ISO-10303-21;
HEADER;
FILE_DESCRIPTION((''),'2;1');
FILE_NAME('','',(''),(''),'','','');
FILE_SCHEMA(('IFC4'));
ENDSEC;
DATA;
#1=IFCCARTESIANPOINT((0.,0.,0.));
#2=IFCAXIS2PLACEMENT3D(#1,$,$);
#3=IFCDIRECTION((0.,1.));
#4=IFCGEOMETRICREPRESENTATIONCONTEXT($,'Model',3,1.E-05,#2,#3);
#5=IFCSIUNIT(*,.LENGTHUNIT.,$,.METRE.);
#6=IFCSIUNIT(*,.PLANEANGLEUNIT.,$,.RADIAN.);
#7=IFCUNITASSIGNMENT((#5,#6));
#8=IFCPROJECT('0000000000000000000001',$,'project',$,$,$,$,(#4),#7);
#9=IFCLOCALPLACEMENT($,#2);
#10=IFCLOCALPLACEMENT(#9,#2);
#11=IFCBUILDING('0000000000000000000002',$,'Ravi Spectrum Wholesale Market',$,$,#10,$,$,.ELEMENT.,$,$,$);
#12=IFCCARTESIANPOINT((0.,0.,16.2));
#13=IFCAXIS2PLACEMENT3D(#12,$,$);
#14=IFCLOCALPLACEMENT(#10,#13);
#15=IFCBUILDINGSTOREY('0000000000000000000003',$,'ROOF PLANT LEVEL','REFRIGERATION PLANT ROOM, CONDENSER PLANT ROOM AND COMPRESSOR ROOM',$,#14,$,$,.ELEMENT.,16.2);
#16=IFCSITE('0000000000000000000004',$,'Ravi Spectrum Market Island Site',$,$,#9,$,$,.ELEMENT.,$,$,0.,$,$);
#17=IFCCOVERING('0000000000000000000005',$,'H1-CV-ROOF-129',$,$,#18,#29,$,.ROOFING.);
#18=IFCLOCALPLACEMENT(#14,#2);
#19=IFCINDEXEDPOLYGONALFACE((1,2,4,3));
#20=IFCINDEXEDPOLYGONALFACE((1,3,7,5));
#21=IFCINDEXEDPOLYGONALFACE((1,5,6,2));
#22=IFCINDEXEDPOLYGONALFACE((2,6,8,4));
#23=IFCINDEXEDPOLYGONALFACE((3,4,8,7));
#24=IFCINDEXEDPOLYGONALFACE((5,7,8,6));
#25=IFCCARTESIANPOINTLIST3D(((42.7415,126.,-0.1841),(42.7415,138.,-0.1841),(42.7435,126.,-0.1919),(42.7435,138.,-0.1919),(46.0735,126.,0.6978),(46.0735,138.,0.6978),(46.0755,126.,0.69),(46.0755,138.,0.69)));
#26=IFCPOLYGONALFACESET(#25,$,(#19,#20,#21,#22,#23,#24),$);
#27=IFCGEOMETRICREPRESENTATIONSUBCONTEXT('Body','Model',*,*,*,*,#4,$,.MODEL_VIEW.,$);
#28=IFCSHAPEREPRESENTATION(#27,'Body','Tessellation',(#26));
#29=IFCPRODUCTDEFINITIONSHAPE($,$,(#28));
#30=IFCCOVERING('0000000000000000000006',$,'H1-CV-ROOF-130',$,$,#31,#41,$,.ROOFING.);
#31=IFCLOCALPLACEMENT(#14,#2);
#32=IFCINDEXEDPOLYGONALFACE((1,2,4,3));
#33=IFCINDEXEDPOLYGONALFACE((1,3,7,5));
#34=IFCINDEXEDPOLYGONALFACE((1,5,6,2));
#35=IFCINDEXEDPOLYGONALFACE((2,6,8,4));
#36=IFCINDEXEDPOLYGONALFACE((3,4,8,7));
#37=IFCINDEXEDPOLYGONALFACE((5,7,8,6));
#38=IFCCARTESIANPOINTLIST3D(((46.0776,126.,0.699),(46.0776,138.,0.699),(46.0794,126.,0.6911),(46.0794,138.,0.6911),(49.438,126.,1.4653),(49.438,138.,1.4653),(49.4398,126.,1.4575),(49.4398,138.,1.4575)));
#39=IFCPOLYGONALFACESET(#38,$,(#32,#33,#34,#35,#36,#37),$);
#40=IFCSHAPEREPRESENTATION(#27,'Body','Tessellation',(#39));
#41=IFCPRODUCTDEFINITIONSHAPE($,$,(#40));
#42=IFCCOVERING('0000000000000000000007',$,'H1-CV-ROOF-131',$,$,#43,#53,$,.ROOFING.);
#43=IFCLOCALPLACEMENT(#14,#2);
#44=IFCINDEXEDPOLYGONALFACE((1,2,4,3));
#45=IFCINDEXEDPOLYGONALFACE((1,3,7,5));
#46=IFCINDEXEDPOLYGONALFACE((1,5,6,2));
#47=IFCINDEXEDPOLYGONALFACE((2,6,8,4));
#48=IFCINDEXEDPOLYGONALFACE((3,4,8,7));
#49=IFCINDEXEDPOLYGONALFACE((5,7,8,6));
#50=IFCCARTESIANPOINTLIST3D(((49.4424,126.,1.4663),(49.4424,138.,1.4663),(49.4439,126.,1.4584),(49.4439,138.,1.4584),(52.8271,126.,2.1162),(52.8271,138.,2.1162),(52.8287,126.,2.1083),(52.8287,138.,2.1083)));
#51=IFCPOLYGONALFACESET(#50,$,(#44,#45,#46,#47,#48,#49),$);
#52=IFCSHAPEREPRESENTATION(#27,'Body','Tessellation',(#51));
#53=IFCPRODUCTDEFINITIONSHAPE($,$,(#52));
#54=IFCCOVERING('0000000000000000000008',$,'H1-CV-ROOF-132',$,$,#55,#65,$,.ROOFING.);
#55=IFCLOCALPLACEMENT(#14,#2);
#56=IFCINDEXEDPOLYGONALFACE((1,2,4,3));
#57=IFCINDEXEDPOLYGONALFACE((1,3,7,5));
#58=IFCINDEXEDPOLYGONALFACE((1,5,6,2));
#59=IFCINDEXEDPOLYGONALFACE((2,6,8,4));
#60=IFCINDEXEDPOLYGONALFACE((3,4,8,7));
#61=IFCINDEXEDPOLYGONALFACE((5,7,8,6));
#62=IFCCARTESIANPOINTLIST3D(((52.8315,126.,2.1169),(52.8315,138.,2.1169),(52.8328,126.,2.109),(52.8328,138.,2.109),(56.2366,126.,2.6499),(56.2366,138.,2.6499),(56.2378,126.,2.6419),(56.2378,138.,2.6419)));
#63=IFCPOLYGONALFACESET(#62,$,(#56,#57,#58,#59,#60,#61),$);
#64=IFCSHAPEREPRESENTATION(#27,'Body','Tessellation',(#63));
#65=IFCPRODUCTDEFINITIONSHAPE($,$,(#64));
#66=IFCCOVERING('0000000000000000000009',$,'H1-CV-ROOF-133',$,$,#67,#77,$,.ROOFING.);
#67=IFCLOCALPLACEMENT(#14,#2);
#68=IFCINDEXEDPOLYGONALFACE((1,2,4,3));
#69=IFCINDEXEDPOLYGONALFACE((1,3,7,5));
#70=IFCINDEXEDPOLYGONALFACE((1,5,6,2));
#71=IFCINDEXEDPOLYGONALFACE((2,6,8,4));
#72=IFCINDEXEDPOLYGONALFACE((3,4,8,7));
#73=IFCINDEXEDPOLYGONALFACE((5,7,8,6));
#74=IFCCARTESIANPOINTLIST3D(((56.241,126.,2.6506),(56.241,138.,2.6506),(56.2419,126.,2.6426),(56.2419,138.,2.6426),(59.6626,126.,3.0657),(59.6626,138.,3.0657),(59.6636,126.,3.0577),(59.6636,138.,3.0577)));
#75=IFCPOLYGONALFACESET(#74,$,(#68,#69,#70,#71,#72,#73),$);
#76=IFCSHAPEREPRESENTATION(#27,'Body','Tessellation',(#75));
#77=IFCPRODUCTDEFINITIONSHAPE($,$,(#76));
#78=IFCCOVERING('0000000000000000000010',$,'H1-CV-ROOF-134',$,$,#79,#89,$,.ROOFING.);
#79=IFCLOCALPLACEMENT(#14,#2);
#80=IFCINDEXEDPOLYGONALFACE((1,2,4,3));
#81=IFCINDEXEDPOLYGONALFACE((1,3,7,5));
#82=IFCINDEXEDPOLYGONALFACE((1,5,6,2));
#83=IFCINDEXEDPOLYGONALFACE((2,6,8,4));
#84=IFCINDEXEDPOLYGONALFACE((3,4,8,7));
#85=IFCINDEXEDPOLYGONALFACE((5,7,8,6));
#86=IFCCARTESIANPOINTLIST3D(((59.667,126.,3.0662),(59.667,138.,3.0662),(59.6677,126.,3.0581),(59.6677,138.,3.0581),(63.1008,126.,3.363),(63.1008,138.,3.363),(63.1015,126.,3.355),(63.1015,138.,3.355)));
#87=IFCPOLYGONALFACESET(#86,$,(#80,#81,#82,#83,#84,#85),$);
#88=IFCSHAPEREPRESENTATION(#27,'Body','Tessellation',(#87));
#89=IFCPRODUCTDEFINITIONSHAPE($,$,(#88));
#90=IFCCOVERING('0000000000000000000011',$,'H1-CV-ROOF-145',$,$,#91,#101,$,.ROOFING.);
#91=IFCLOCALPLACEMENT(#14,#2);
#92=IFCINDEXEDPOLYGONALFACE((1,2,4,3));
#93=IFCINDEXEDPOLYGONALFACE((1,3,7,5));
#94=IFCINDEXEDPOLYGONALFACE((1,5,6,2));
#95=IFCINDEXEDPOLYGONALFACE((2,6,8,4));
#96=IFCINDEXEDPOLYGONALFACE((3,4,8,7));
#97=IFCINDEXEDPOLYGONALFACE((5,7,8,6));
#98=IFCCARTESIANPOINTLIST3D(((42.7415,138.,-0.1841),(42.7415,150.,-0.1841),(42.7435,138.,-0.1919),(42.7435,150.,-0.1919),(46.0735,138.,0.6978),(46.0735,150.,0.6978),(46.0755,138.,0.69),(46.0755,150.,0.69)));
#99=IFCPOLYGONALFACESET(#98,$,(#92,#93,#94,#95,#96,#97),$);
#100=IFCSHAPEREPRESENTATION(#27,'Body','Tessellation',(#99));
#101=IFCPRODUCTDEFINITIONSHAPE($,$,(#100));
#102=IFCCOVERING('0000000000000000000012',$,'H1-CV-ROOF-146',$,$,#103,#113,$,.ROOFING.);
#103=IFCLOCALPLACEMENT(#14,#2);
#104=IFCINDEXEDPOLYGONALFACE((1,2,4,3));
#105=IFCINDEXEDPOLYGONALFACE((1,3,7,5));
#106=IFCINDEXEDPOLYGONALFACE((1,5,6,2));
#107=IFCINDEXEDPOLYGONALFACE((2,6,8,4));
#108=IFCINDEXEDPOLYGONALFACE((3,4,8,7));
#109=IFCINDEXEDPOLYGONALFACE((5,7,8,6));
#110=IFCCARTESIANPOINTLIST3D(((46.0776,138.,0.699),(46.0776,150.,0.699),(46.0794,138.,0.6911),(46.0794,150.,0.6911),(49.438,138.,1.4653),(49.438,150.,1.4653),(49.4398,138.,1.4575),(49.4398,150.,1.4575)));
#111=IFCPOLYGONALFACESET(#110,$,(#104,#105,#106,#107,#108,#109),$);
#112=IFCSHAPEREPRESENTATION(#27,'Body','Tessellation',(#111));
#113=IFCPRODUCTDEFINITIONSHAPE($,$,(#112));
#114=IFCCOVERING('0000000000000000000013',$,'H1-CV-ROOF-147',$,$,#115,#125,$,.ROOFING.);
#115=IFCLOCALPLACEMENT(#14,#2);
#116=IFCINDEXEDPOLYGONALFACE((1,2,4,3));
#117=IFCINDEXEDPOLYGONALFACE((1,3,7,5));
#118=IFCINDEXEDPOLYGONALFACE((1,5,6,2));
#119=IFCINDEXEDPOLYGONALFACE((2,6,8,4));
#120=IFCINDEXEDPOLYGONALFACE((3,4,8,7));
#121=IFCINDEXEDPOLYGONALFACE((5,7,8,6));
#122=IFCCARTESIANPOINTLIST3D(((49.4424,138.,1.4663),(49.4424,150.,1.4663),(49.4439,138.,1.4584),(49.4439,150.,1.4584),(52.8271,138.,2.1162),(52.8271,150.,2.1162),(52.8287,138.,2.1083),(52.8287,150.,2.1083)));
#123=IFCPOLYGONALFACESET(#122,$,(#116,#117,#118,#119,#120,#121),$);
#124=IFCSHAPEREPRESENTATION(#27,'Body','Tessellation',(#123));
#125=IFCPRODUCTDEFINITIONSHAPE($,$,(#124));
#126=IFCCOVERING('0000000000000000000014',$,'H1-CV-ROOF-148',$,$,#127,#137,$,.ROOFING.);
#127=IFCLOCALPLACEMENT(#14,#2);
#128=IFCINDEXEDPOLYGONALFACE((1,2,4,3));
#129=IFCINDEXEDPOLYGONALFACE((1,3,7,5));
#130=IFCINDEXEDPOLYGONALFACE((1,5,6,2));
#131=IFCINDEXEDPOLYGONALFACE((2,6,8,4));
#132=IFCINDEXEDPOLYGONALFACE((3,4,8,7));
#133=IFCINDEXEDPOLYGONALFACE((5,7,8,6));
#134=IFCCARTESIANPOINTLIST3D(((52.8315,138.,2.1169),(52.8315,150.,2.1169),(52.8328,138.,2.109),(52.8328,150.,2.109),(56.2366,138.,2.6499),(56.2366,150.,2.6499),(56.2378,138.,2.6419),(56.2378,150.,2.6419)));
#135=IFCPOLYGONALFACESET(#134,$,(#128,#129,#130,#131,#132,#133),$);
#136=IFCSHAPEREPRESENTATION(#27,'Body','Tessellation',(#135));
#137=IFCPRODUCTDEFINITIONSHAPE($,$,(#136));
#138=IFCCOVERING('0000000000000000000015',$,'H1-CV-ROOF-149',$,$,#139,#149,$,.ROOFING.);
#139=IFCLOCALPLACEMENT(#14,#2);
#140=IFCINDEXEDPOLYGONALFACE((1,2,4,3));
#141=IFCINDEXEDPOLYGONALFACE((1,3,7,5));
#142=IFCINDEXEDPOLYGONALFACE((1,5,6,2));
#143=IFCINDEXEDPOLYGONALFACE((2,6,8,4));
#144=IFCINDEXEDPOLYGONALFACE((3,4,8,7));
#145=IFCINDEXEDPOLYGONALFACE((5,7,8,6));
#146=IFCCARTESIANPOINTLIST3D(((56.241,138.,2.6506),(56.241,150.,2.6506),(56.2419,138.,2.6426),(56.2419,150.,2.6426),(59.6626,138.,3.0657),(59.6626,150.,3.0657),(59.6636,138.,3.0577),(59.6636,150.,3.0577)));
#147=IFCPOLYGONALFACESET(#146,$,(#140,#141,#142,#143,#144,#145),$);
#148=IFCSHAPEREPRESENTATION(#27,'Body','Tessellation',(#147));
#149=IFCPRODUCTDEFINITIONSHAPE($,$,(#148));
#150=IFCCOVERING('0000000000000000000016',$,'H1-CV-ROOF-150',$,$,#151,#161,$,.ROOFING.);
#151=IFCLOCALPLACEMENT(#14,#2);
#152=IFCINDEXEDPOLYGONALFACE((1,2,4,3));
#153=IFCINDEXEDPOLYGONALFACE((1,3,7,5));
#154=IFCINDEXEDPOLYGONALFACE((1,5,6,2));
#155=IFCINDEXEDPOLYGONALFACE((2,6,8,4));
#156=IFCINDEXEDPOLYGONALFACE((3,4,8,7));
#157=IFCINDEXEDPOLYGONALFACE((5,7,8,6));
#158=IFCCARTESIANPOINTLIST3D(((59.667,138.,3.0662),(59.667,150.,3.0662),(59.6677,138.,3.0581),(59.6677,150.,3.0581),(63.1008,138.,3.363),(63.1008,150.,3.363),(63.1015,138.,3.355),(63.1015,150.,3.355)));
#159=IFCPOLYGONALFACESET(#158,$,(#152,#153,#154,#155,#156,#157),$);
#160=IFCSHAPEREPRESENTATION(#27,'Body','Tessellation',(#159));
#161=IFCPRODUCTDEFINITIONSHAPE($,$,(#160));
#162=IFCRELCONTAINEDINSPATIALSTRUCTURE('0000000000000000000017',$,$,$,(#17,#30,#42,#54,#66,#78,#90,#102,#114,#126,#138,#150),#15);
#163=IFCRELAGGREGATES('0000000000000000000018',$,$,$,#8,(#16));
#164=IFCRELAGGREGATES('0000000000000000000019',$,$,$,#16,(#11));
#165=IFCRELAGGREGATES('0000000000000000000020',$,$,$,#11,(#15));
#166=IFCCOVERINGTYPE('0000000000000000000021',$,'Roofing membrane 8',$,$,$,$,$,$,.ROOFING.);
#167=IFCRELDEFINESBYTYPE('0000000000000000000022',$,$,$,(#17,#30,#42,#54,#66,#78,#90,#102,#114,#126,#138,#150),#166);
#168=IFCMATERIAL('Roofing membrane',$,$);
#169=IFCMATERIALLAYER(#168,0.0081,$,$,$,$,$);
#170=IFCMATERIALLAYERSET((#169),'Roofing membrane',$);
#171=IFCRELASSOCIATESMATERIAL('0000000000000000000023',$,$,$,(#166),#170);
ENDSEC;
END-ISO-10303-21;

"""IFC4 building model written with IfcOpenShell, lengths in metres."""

from ifc_helpers import new_model, si_unit, direction, frame, origin, place, context, subcontext, project, spatial, polyline, outline, extrude, material, layer, layer_set, type_object, element, save


model = new_model("IFC4")

# Units and contexts
model_context = context("Model", 3, precision=1e-05, world=origin(), true_north=direction((0.0, 1.0)))
body_context = subcontext(model_context, "Body", "Model", "MODEL_VIEW")
ifc_project = project(units=[si_unit("LENGTHUNIT", "METRE"), si_unit("PLANEANGLEUNIT", "RADIAN")], contexts=[model_context])

# Site, building, storey
site_placement = place(None, origin())
site = spatial("IfcSite", under=ifc_project, at=site_placement, Name="Ravi Spectrum Market Island Site", CompositionType="ELEMENT", RefElevation=0.0)
building_placement = place(site_placement, origin())
building = spatial("IfcBuilding", under=site, at=building_placement, Name="Ravi Spectrum Wholesale Market", CompositionType="ELEMENT")
storey_placement = place(building_placement, frame((0.0, 0.0, 16.2)))
storey = spatial("IfcBuildingStorey", under=building, at=storey_placement, Name="ROOF PLANT LEVEL", Description="REFRIGERATION PLANT ROOM, CONDENSER PLANT ROOM AND COMPRESSOR ROOM", CompositionType="ELEMENT", Elevation=16.2)

# Coverings
ifc_material_1 = material(Name="Roofing membrane")
ifc_layer_1 = layer(ifc_material_1, 0.0081)
ifc_layer_set_1 = layer_set([ifc_layer_1], Name="Roofing membrane")
covering_type = type_object("IfcCoveringType", Name="Roofing membrane 8", PredefinedType="ROOFING", material=ifc_layer_set_1)
covering_1_placement = place(storey_placement, frame((42.7415, 126.0, -0.1841), z_axis=(-0.255846, 0.0, 0.966718), x_axis=(0.966718, 0.0, 0.255846)))
element("IfcCovering", 1, at=covering_1_placement, inside=storey, type_object=covering_type, Name="H1-CV-ROOF-129", PredefinedType="ROOFING", context=body_context, shape_type="SweptSolid", body=[
    extrude(outline(polyline([(0.0, 0.0), (3.4467, 0.0), (3.4467, 12.0), (0.0, 12.0), (0.0, 0.0)])), origin(), (0.0, 0.0, -1.0), 0.0081),
])
covering_2_placement = place(storey_placement, frame((46.0776, 126.0, 0.699), z_axis=(-0.22235, 0.0, 0.974967), x_axis=(0.974967, 0.0, 0.22235)))
element("IfcCovering", 2, at=covering_2_placement, inside=storey, type_object=covering_type, Name="H1-CV-ROOF-130", PredefinedType="ROOFING", context=body_context, shape_type="SweptSolid", body=[
    extrude(outline(polyline([(0.0, 0.0), (3.4466, 0.0), (3.4466, 12.0), (0.0, 12.0), (0.0, 0.0)])), origin(), (0.0, 0.0, -1.0), 0.0081),
])
covering_3_placement = place(storey_placement, frame((49.4424, 126.0, 1.4663), z_axis=(-0.188564, 0.0, 0.982061), x_axis=(0.982061, 0.0, 0.188564)))
element("IfcCovering", 3, at=covering_3_placement, inside=storey, type_object=covering_type, Name="H1-CV-ROOF-131", PredefinedType="ROOFING", context=body_context, shape_type="SweptSolid", body=[
    extrude(outline(polyline([(0.0, 0.0), (3.4466, 0.0), (3.4466, 12.0), (0.0, 12.0), (0.0, 0.0)])), origin(), (0.0, 0.0, -1.0), 0.0081),
])
covering_4_placement = place(storey_placement, frame((52.8315, 126.0, 2.1169), z_axis=(-0.154638, 0.0, 0.987971), x_axis=(0.987971, 0.0, 0.154638)))
element("IfcCovering", 4, at=covering_4_placement, inside=storey, type_object=covering_type, Name="H1-CV-ROOF-132", PredefinedType="ROOFING", context=body_context, shape_type="SweptSolid", body=[
    extrude(outline(polyline([(0.0, 0.0), (3.4465, 0.0), (3.4465, 12.0), (0.0, 12.0), (0.0, 0.0)])), origin(), (0.0, 0.0, -1.0), 0.0081),
])
covering_5_placement = place(storey_placement, frame((56.241, 126.0, 2.6506), z_axis=(-0.120416, 0.0, 0.992724), x_axis=(0.992724, 0.0, 0.120416)))
element("IfcCovering", 5, at=covering_5_placement, inside=storey, type_object=covering_type, Name="H1-CV-ROOF-133", PredefinedType="ROOFING", context=body_context, shape_type="SweptSolid", body=[
    extrude(outline(polyline([(0.0, 0.0), (3.4467, 0.0), (3.4467, 12.0), (0.0, 12.0), (0.0, 0.0)])), origin(), (0.0, 0.0, -1.0), 0.0081),
])
covering_6_placement = place(storey_placement, frame((59.667, 126.0, 3.0662), z_axis=(-0.086134, 0.0, 0.996284), x_axis=(0.996284, 0.0, 0.086134)))
element("IfcCovering", 6, at=covering_6_placement, inside=storey, type_object=covering_type, Name="H1-CV-ROOF-134", PredefinedType="ROOFING", context=body_context, shape_type="SweptSolid", body=[
    extrude(outline(polyline([(0.0, 0.0), (3.4466, 0.0), (3.4466, 12.0), (0.0, 12.0), (0.0, 0.0)])), origin(), (0.0, 0.0, -1.0), 0.0081),
])
covering_7_placement = place(storey_placement, frame((42.7415, 138.0, -0.1841), z_axis=(-0.255846, 0.0, 0.966718), x_axis=(0.966718, 0.0, 0.255846)))
element("IfcCovering", 7, at=covering_7_placement, inside=storey, type_object=covering_type, Name="H1-CV-ROOF-145", PredefinedType="ROOFING", context=body_context, shape_type="SweptSolid", body=[
    extrude(outline(polyline([(0.0, 0.0), (3.4467, 0.0), (3.4467, 12.0), (0.0, 12.0), (0.0, 0.0)])), origin(), (0.0, 0.0, -1.0), 0.0081),
])
covering_8_placement = place(storey_placement, frame((46.0776, 138.0, 0.699), z_axis=(-0.22235, 0.0, 0.974967), x_axis=(0.974967, 0.0, 0.22235)))
element("IfcCovering", 8, at=covering_8_placement, inside=storey, type_object=covering_type, Name="H1-CV-ROOF-146", PredefinedType="ROOFING", context=body_context, shape_type="SweptSolid", body=[
    extrude(outline(polyline([(0.0, 0.0), (3.4466, 0.0), (3.4466, 12.0), (0.0, 12.0), (0.0, 0.0)])), origin(), (0.0, 0.0, -1.0), 0.0081),
])
covering_9_placement = place(storey_placement, frame((49.4424, 138.0, 1.4663), z_axis=(-0.188564, 0.0, 0.982061), x_axis=(0.982061, 0.0, 0.188564)))
element("IfcCovering", 9, at=covering_9_placement, inside=storey, type_object=covering_type, Name="H1-CV-ROOF-147", PredefinedType="ROOFING", context=body_context, shape_type="SweptSolid", body=[
    extrude(outline(polyline([(0.0, 0.0), (3.4466, 0.0), (3.4466, 12.0), (0.0, 12.0), (0.0, 0.0)])), origin(), (0.0, 0.0, -1.0), 0.0081),
])
covering_10_placement = place(storey_placement, frame((52.8315, 138.0, 2.1169), z_axis=(-0.154638, 0.0, 0.987971), x_axis=(0.987971, 0.0, 0.154638)))
element("IfcCovering", 10, at=covering_10_placement, inside=storey, type_object=covering_type, Name="H1-CV-ROOF-148", PredefinedType="ROOFING", context=body_context, shape_type="SweptSolid", body=[
    extrude(outline(polyline([(0.0, 0.0), (3.4465, 0.0), (3.4465, 12.0), (0.0, 12.0), (0.0, 0.0)])), origin(), (0.0, 0.0, -1.0), 0.0081),
])
covering_11_placement = place(storey_placement, frame((56.241, 138.0, 2.6506), z_axis=(-0.120416, 0.0, 0.992724), x_axis=(0.992724, 0.0, 0.120416)))
element("IfcCovering", 11, at=covering_11_placement, inside=storey, type_object=covering_type, Name="H1-CV-ROOF-149", PredefinedType="ROOFING", context=body_context, shape_type="SweptSolid", body=[
    extrude(outline(polyline([(0.0, 0.0), (3.4467, 0.0), (3.4467, 12.0), (0.0, 12.0), (0.0, 0.0)])), origin(), (0.0, 0.0, -1.0), 0.0081),
])
covering_12_placement = place(storey_placement, frame((59.667, 138.0, 3.0662), z_axis=(-0.086134, 0.0, 0.996284), x_axis=(0.996284, 0.0, 0.086134)))
element("IfcCovering", 12, at=covering_12_placement, inside=storey, type_object=covering_type, Name="H1-CV-ROOF-150", PredefinedType="ROOFING", context=body_context, shape_type="SweptSolid", body=[
    extrude(outline(polyline([(0.0, 0.0), (3.4466, 0.0), (3.4466, 12.0), (0.0, 12.0), (0.0, 0.0)])), origin(), (0.0, 0.0, -1.0), 0.0081),
])

save(model, "model.ifc")
